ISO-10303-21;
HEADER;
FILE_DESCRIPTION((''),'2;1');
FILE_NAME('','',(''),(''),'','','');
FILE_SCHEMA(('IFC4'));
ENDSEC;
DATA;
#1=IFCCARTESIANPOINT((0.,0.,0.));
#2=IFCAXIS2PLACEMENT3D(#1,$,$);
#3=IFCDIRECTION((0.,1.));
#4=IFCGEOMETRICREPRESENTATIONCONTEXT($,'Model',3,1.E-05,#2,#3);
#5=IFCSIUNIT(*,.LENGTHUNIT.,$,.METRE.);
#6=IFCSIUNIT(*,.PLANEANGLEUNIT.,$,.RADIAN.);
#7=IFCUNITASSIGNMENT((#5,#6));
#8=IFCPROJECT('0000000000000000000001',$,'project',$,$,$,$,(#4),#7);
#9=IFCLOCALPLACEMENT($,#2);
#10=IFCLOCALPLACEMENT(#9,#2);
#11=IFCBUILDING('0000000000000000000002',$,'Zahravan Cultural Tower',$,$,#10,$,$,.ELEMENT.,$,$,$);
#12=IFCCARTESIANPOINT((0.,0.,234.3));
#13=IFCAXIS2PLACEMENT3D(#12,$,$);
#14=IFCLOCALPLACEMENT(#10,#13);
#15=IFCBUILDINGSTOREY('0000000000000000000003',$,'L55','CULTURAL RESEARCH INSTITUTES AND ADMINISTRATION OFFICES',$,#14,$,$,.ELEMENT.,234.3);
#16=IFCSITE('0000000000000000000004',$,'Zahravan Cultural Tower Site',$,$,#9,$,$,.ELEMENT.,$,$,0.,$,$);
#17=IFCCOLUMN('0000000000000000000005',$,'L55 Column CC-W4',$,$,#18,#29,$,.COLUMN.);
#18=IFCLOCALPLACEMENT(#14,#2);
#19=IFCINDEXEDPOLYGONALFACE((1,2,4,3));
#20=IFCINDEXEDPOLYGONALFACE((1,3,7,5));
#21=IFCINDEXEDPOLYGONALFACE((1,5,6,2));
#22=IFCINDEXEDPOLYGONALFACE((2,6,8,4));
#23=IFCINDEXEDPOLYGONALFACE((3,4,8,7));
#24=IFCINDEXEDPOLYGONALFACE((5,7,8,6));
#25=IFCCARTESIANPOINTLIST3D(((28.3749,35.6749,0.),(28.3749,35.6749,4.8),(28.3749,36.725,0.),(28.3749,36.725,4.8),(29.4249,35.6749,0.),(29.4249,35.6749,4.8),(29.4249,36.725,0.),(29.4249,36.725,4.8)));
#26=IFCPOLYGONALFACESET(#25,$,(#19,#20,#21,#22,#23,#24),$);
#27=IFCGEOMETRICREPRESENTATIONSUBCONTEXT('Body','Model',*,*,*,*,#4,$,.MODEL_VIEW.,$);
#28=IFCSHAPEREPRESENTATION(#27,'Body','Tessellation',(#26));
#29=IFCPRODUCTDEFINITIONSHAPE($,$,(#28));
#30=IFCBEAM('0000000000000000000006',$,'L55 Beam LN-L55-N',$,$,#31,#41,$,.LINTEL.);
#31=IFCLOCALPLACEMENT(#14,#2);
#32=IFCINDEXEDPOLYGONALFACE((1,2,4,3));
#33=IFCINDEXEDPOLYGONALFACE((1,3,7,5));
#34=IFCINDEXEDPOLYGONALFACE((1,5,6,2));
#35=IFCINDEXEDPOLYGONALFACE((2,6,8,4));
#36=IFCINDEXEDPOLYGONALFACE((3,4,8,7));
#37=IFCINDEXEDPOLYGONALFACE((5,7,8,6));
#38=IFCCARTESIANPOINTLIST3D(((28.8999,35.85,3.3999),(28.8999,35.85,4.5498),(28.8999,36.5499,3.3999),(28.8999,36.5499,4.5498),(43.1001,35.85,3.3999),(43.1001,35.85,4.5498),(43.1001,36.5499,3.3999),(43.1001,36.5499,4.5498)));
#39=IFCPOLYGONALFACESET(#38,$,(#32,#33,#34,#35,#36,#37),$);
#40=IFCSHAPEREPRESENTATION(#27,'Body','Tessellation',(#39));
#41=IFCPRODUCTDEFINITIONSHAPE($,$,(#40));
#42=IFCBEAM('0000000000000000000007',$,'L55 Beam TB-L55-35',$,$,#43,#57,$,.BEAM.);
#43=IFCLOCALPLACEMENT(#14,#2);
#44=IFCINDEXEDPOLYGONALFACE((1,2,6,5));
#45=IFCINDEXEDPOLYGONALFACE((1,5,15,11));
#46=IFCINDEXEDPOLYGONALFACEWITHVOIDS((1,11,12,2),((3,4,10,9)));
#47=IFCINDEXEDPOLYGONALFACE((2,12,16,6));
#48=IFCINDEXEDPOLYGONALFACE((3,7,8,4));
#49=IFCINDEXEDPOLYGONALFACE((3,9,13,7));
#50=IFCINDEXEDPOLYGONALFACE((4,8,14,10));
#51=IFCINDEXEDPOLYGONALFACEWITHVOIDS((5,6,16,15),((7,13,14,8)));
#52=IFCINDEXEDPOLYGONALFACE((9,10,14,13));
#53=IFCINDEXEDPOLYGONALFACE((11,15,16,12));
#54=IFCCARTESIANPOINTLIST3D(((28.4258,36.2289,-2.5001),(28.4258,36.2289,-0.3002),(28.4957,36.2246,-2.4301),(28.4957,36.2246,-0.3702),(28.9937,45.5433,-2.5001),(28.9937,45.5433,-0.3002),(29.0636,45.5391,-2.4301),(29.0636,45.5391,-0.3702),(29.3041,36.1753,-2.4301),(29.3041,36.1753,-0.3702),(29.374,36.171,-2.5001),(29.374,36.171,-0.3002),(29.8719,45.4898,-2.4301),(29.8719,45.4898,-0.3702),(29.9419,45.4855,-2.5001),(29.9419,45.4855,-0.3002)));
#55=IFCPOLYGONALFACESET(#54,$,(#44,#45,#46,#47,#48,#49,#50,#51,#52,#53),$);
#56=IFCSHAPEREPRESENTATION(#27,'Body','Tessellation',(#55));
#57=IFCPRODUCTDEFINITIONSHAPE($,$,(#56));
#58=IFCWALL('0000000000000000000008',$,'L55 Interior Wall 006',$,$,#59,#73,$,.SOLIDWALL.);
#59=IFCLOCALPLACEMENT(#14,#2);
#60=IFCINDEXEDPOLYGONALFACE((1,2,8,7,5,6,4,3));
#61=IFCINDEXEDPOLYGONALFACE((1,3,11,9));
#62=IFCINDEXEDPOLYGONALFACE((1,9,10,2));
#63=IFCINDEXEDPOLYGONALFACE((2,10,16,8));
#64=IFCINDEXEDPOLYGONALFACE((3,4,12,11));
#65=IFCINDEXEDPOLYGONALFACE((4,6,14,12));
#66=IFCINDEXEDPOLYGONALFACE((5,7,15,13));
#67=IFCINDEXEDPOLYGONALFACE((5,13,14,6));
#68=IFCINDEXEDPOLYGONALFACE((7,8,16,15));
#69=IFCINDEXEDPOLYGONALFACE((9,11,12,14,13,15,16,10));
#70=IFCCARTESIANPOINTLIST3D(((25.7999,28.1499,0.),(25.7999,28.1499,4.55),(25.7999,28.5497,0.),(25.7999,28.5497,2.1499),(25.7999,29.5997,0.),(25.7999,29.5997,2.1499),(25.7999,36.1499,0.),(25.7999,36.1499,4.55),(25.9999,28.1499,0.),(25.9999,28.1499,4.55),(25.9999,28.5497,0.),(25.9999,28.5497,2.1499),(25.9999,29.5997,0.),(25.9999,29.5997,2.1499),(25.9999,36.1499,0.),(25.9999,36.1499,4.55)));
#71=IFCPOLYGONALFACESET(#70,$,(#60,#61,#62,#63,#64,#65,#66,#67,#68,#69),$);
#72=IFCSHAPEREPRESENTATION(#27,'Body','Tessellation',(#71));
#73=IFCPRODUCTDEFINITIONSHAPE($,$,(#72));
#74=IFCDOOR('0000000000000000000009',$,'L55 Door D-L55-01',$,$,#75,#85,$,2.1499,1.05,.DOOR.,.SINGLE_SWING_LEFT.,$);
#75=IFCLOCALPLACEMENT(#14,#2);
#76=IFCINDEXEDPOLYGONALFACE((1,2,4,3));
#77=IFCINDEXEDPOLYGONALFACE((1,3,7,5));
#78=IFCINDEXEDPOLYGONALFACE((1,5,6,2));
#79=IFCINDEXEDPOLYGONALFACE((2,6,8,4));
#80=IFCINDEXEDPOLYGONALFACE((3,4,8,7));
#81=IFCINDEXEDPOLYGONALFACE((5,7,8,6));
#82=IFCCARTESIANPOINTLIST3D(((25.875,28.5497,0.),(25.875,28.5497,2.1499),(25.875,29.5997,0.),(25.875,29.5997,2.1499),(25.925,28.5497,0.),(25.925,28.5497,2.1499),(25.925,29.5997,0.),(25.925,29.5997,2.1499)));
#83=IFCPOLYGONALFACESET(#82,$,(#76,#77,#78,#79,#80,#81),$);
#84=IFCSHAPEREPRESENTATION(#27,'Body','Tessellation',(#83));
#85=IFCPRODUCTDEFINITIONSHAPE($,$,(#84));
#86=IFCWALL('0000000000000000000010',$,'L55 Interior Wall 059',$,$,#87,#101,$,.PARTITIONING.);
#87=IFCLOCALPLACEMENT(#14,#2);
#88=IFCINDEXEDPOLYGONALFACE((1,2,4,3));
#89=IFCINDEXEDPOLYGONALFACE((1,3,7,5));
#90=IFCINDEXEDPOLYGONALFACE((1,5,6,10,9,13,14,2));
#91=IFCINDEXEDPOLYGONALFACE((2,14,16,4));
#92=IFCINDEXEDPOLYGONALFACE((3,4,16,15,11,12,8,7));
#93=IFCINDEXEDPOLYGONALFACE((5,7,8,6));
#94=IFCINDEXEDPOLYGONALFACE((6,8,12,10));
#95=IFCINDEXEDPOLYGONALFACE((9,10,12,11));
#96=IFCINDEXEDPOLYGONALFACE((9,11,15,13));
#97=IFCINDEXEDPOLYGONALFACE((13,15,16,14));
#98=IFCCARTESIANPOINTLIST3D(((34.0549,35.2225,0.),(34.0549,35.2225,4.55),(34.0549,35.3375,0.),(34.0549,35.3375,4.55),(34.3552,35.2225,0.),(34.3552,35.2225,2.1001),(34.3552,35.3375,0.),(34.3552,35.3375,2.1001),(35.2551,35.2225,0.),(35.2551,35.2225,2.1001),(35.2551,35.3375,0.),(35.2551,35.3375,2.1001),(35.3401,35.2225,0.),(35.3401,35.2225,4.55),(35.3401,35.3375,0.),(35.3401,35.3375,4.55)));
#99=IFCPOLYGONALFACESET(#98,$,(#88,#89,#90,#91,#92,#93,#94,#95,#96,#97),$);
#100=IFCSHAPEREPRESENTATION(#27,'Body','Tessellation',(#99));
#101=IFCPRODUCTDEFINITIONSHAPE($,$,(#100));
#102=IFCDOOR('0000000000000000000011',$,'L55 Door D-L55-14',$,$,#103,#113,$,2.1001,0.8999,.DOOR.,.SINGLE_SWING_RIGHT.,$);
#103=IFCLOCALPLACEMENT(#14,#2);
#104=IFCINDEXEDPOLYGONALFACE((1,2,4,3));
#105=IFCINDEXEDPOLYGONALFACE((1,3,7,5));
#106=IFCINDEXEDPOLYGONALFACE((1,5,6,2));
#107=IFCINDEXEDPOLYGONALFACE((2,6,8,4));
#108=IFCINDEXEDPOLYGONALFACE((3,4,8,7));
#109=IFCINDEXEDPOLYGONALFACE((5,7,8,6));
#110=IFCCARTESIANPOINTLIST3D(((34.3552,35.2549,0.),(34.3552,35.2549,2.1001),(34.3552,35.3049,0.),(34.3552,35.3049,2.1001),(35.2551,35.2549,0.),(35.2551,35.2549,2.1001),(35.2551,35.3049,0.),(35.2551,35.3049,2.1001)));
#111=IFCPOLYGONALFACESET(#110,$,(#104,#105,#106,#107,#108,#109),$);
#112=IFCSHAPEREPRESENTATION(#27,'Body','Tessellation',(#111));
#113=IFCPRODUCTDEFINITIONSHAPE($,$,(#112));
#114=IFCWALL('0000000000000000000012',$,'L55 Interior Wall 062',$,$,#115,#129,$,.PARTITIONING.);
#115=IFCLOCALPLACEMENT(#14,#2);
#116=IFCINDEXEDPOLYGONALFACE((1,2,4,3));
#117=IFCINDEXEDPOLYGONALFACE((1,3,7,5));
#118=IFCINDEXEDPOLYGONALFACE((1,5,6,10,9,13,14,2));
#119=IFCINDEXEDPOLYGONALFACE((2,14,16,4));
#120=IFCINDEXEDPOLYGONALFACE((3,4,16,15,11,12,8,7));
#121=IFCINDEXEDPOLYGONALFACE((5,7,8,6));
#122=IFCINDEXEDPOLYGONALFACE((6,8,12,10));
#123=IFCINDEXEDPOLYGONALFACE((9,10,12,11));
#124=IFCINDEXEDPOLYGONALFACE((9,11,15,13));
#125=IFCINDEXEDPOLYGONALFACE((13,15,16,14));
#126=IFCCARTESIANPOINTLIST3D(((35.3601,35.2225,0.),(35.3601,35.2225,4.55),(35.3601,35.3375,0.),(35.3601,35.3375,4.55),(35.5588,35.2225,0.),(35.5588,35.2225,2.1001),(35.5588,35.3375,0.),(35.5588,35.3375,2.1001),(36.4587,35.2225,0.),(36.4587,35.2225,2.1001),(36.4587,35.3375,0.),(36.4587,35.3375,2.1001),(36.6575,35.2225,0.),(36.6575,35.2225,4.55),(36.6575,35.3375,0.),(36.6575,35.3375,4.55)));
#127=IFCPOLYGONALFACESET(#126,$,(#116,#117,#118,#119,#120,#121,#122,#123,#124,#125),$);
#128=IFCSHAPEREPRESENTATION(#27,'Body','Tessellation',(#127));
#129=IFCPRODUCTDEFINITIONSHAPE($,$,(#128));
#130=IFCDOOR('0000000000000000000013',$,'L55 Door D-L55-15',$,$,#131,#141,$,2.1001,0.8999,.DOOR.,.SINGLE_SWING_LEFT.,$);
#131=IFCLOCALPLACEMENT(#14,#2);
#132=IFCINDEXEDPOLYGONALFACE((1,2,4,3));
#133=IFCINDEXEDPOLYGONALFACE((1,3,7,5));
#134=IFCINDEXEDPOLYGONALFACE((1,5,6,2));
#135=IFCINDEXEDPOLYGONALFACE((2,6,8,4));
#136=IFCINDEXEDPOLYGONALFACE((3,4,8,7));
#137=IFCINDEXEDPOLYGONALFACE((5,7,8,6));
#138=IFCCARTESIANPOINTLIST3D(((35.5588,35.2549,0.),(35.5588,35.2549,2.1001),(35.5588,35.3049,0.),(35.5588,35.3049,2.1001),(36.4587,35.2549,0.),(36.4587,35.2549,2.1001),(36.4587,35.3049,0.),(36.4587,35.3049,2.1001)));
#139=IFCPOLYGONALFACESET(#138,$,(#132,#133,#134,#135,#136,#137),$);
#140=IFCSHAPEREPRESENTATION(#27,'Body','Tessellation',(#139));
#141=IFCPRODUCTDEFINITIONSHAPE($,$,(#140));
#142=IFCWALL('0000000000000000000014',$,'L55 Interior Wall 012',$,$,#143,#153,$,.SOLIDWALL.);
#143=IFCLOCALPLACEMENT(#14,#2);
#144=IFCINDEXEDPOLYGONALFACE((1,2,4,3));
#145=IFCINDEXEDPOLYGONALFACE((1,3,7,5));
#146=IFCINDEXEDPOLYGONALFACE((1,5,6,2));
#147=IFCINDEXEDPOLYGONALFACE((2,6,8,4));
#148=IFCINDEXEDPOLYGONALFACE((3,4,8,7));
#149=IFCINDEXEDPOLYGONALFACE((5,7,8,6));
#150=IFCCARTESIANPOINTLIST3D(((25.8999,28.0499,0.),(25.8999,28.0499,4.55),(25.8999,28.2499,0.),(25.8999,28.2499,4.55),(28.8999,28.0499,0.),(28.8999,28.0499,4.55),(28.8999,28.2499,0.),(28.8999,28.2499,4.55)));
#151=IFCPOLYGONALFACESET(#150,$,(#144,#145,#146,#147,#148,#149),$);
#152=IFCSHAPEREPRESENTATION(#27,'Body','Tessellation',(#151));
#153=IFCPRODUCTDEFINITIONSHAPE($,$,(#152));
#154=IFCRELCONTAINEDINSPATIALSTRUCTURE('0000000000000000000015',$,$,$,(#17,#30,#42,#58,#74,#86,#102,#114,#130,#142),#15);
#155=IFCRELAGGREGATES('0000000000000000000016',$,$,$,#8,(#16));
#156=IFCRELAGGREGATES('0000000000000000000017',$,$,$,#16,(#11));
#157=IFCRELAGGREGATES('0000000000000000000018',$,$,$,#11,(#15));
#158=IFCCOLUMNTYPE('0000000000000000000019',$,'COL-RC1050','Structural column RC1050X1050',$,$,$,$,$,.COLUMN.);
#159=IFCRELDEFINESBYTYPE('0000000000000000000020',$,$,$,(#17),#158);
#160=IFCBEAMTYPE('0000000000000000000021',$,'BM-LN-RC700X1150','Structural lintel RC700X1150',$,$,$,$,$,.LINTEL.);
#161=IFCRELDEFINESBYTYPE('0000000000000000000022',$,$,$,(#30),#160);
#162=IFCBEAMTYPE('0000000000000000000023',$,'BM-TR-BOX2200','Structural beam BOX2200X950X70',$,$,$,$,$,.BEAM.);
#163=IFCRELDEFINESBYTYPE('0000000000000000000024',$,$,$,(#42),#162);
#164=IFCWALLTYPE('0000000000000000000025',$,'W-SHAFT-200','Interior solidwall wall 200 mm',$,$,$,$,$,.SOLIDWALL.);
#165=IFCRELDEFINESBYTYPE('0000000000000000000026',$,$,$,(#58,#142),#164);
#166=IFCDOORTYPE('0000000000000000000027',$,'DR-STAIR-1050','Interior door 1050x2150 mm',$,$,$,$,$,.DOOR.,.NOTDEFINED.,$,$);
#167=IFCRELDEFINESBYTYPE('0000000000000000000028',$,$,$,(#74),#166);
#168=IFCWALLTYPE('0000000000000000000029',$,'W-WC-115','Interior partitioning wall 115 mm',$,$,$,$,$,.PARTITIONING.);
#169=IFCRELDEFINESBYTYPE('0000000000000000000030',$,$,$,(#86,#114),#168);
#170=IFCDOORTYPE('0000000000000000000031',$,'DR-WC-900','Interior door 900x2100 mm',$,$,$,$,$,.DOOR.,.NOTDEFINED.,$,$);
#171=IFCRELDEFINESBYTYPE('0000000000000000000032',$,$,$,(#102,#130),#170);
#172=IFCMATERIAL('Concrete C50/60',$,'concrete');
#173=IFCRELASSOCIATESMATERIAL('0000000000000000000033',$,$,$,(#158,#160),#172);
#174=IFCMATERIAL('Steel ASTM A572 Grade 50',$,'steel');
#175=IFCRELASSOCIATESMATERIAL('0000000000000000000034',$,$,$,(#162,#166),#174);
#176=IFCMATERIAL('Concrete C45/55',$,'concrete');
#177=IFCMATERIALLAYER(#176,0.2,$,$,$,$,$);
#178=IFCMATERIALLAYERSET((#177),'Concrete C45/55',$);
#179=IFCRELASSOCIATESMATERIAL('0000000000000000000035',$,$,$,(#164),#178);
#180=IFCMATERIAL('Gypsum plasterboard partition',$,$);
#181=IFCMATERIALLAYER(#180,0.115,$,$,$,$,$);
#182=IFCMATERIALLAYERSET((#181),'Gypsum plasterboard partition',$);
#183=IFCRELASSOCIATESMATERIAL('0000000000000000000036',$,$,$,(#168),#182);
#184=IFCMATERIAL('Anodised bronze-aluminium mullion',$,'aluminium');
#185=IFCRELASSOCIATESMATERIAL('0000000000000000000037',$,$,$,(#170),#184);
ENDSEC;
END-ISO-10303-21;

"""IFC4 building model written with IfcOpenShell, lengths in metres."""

from ifc_helpers import new_model, si_unit, direction, frame, frame_2d, origin, origin_2d, place, context, subcontext, project, spatial, rectangle, hollow_rectangle, extrude, source, transform, mapped, material, layer, layer_set, material_profile, profile_set, type_object, element, fill, save


model = new_model("IFC4")

# Units and contexts
model_context = context("Model", 3, precision=1e-05, world=origin(), true_north=direction((0.0, 1.0)))
body_context = subcontext(model_context, "Body", "Model", "MODEL_VIEW")
ifc_project = project(units=[si_unit("LENGTHUNIT", "METRE"), si_unit("PLANEANGLEUNIT", "RADIAN")], contexts=[model_context])

# Site, building, storey
site_placement = place(None, origin())
site = spatial("IfcSite", under=ifc_project, at=site_placement, Name="Zahravan Cultural Tower Site", CompositionType="ELEMENT", RefElevation=0.0)
building_placement = place(site_placement, origin())
building = spatial("IfcBuilding", under=site, at=building_placement, Name="Zahravan Cultural Tower", CompositionType="ELEMENT")
storey_placement = place(building_placement, frame((0.0, 0.0, 234.3)))
storey = spatial("IfcBuildingStorey", under=building, at=storey_placement, Name="L55", Description="CULTURAL RESEARCH INSTITUTES AND ADMINISTRATION OFFICES", CompositionType="ELEMENT", Elevation=234.3)

# Column
ifc_material_1 = material(Name="Concrete C50/60", Category="concrete")
ifc_material_profile_1 = material_profile(ifc_material_1, rectangle(XDim=1.05, YDim=1.05, at=origin_2d()), Name="RC1050X1050")
ifc_profile_set_1 = profile_set([ifc_material_profile_1], Name="Concrete C50/60")
column_type = type_object("IfcColumnType", Name="COL-RC1050", Description="Structural column RC1050X1050", PredefinedType="COLUMN", material=ifc_profile_set_1)
shared_shape_1 = source(origin(), body_context, "Body", "SweptSolid", [
    extrude(rectangle(XDim=1.05, YDim=1.05, at=origin_2d()), origin(), (0.0, 0.0, 1.0), 4.8),
])
column_placement = place(storey_placement, frame((28.8999, 36.2, 0.0), z_axis=(0.0, 0.0, 1.0), x_axis=(1.0, 0.0, 0.0)))
element("IfcColumn", 1, at=column_placement, inside=storey, type_object=column_type, Name="L55 Column CC-W4", PredefinedType="COLUMN", context=body_context, shape_type="MappedRepresentation", body=[
    mapped(shared_shape_1, transform((0.0, 0.0, 0.0), x_axis=(1.0, 0.0, 0.0), y_axis=(0.0, 1.0, 0.0), z_axis=(0.0, 0.0, 1.0), scale=1.0)),
])

# Beams
ifc_material_profile_2 = material_profile(ifc_material_1, rectangle(XDim=0.7, YDim=1.1499, at=origin_2d()), Name="RC700X1150")
ifc_profile_set_2 = profile_set([ifc_material_profile_2], Name="Concrete C50/60")
beam_type_1 = type_object("IfcBeamType", Name="BM-LN-RC700X1150", Description="Structural lintel RC700X1150", PredefinedType="LINTEL", material=ifc_profile_set_2)
shared_shape_2 = source(origin(), body_context, "Body", "SweptSolid", [
    extrude(rectangle(XDim=0.7, YDim=1.1499, at=origin_2d()), origin(), (0.0, 0.0, 1.0), 14.2002),
])
beam_1_placement = place(storey_placement, frame((28.8999, 36.2, 3.9749), z_axis=(1.0, 0.0, 0.0), x_axis=(0.0, 1.0, 0.0)))
element("IfcBeam", 2, at=beam_1_placement, inside=storey, type_object=beam_type_1, Name="L55 Beam LN-L55-N", PredefinedType="LINTEL", context=body_context, shape_type="MappedRepresentation", body=[
    mapped(shared_shape_2, transform((0.0, 0.0, 0.0), x_axis=(1.0, 0.0, 0.0), y_axis=(0.0, 1.0, 0.0), z_axis=(0.0, 0.0, 1.0), scale=1.0)),
])
ifc_material_2 = material(Name="Steel ASTM A572 Grade 50", Category="steel")
ifc_material_profile_3 = material_profile(ifc_material_2, hollow_rectangle(XDim=0.95, YDim=2.2, WallThickness=0.0701, at=origin_2d()), Name="BOX2200X950X70")
ifc_profile_set_3 = profile_set([ifc_material_profile_3], Name="Steel ASTM A572 Grade 50")
beam_type_2 = type_object("IfcBeamType", Name="BM-TR-BOX2200", Description="Structural beam BOX2200X950X70", PredefinedType="BEAM", material=ifc_profile_set_3)
shared_shape_3 = source(origin(), body_context, "Body", "SweptSolid", [
    extrude(hollow_rectangle(XDim=0.95, YDim=2.2, WallThickness=0.0701, at=origin_2d()), origin(), (0.0, 0.0, 1.0), 9.3318),
])
beam_2_placement = place(storey_placement, frame((28.8999, 36.2, -1.4001), z_axis=(0.060854, 0.998147, 0.0), x_axis=(-0.998147, 0.060854, 0.0)))
element("IfcBeam", 3, at=beam_2_placement, inside=storey, type_object=beam_type_2, Name="L55 Beam TB-L55-35", PredefinedType="BEAM", context=body_context, shape_type="MappedRepresentation", body=[
    mapped(shared_shape_3, transform((0.0, 0.0, 0.0), x_axis=(1.0, 0.0, 0.0), y_axis=(0.0, 1.0, 0.0), z_axis=(0.0, 0.0, 1.0), scale=1.0)),
])

# Walls, openings, doors
ifc_material_3 = material(Name="Concrete C45/55", Category="concrete")
ifc_layer_1 = layer(ifc_material_3, 0.2)
ifc_layer_set_1 = layer_set([ifc_layer_1], Name="Concrete C45/55")
wall_type_1 = type_object("IfcWallType", Name="W-SHAFT-200", Description="Interior solidwall wall 200 mm", PredefinedType="SOLIDWALL", material=ifc_layer_set_1)
wall_1_placement = place(storey_placement, frame((25.8999, 28.1499, 0.0), z_axis=(0.0, 0.0, 1.0), x_axis=(0.0, 1.0, 0.0)))
wall_1 = element("IfcWall", 4, at=wall_1_placement, inside=storey, type_object=wall_type_1, Name="L55 Interior Wall 006", PredefinedType="SOLIDWALL", context=body_context, shape_type="SweptSolid", body=[
    extrude(rectangle(XDim=8.0, YDim=0.2, at=frame_2d((4.0, 0.0))), origin(), (0.0, 0.0, 1.0), 4.55),
])
opening_1_placement = place(wall_1_placement, frame((0.3999, 0.0, 0.0)))
opening_1 = element("IfcOpeningElement", 5, at=opening_1_placement, cuts=wall_1, PredefinedType="OPENING", context=body_context, shape_type="SweptSolid", body=[
    extrude(rectangle(XDim=1.05, YDim=2.1499, at=frame_2d((0.5249, 1.075))), frame((0.0, 0.1099, 0.0), z_axis=(0.0, -1.0, 0.0), x_axis=(1.0, 0.0, 0.0)), (0.0, 0.0, 1.0), 0.22),
])
door_type_1 = type_object("IfcDoorType", Name="DR-STAIR-1050", Description="Interior door 1050x2150 mm", OperationType="NOTDEFINED", PredefinedType="DOOR", material=ifc_material_2)
shared_shape_4 = source(origin(), body_context, "Body", "SweptSolid", [
    extrude(rectangle(XDim=1.05, YDim=2.1499, at=frame_2d((0.5249, 1.075))), frame((0.0, 0.0249, 0.0), z_axis=(0.0, -1.0, 0.0), x_axis=(1.0, 0.0, 0.0)), (0.0, 0.0, 1.0), 0.05),
])
door_1_placement = place(opening_1_placement, origin())
door_1 = element("IfcDoor", 6, at=door_1_placement, inside=storey, type_object=door_type_1, Name="L55 Door D-L55-01", OperationType="SINGLE_SWING_LEFT", OverallHeight=2.1499, OverallWidth=1.05, PredefinedType="DOOR", context=body_context, shape_type="MappedRepresentation", body=[
    mapped(shared_shape_4, transform((0.0, 0.0, 0.0), x_axis=(1.0, 0.0, 0.0), y_axis=(0.0, 1.0, 0.0), z_axis=(0.0, 0.0, 1.0), scale=1.0)),
])
fill(opening_1, door_1)
ifc_material_4 = material(Name="Gypsum plasterboard partition")
ifc_layer_2 = layer(ifc_material_4, 0.115)
ifc_layer_set_2 = layer_set([ifc_layer_2], Name="Gypsum plasterboard partition")
wall_type_2 = type_object("IfcWallType", Name="W-WC-115", Description="Interior partitioning wall 115 mm", PredefinedType="PARTITIONING", material=ifc_layer_set_2)
wall_2_placement = place(storey_placement, frame((34.0549, 35.28, 0.0), z_axis=(0.0, 0.0, 1.0), x_axis=(1.0, 0.0, 0.0)))
wall_2 = element("IfcWall", 7, at=wall_2_placement, inside=storey, type_object=wall_type_2, Name="L55 Interior Wall 059", PredefinedType="PARTITIONING", context=body_context, shape_type="SweptSolid", body=[
    extrude(rectangle(XDim=1.2852, YDim=0.115, at=frame_2d((0.6426, 0.0))), origin(), (0.0, 0.0, 1.0), 4.55),
])
opening_2_placement = place(wall_2_placement, frame((0.3003, 0.0, 0.0)))
opening_2 = element("IfcOpeningElement", 8, at=opening_2_placement, cuts=wall_2, PredefinedType="OPENING", context=body_context, shape_type="SweptSolid", body=[
    extrude(rectangle(XDim=0.8999, YDim=2.1001, at=frame_2d((0.45, 1.05))), frame((0.0, 0.0674, 0.0), z_axis=(0.0, -1.0, 0.0), x_axis=(1.0, 0.0, 0.0)), (0.0, 0.0, 1.0), 0.135),
])
ifc_material_5 = material(Name="Anodised bronze-aluminium mullion", Category="aluminium")
door_type_2 = type_object("IfcDoorType", Name="DR-WC-900", Description="Interior door 900x2100 mm", OperationType="NOTDEFINED", PredefinedType="DOOR", material=ifc_material_5)
shared_shape_5 = source(origin(), body_context, "Body", "SweptSolid", [
    extrude(rectangle(XDim=0.8999, YDim=2.1001, at=frame_2d((0.45, 1.05))), frame((0.0, 0.0249, 0.0), z_axis=(0.0, -1.0, 0.0), x_axis=(1.0, 0.0, 0.0)), (0.0, 0.0, 1.0), 0.05),
])
door_2_placement = place(opening_2_placement, origin())
door_2 = element("IfcDoor", 9, at=door_2_placement, inside=storey, type_object=door_type_2, Name="L55 Door D-L55-14", OperationType="SINGLE_SWING_RIGHT", OverallHeight=2.1001, OverallWidth=0.8999, PredefinedType="DOOR", context=body_context, shape_type="MappedRepresentation", body=[
    mapped(shared_shape_5, transform((0.0, 0.0, 0.0), x_axis=(1.0, 0.0, 0.0), y_axis=(0.0, 1.0, 0.0), z_axis=(0.0, 0.0, 1.0), scale=1.0)),
])
fill(opening_2, door_2)
wall_3_placement = place(storey_placement, frame((35.3601, 35.28, 0.0), z_axis=(0.0, 0.0, 1.0), x_axis=(1.0, 0.0, 0.0)))
wall_3 = element("IfcWall", 10, at=wall_3_placement, inside=storey, type_object=wall_type_2, Name="L55 Interior Wall 062", PredefinedType="PARTITIONING", context=body_context, shape_type="SweptSolid", body=[
    extrude(rectangle(XDim=1.2974, YDim=0.115, at=frame_2d((0.6487, 0.0))), origin(), (0.0, 0.0, 1.0), 4.55),
])
opening_3_placement = place(wall_3_placement, frame((0.1987, 0.0, 0.0)))
opening_3 = element("IfcOpeningElement", 11, at=opening_3_placement, cuts=wall_3, PredefinedType="OPENING", context=body_context, shape_type="SweptSolid", body=[
    extrude(rectangle(XDim=0.8999, YDim=2.1001, at=frame_2d((0.45, 1.05))), frame((0.0, 0.0674, 0.0), z_axis=(0.0, -1.0, 0.0), x_axis=(1.0, 0.0, 0.0)), (0.0, 0.0, 1.0), 0.135),
])
door_3_placement = place(opening_3_placement, origin())
door_3 = element("IfcDoor", 12, at=door_3_placement, inside=storey, type_object=door_type_2, Name="L55 Door D-L55-15", OperationType="SINGLE_SWING_LEFT", OverallHeight=2.1001, OverallWidth=0.8999, PredefinedType="DOOR", context=body_context, shape_type="MappedRepresentation", body=[
    mapped(shared_shape_5, transform((0.0, 0.0, 0.0), x_axis=(1.0, 0.0, 0.0), y_axis=(0.0, 1.0, 0.0), z_axis=(0.0, 0.0, 1.0), scale=1.0)),
])
fill(opening_3, door_3)

# Wall
shared_shape_6 = source(origin(), body_context, "Body", "SweptSolid", [
    extrude(rectangle(XDim=3.0, YDim=0.2, at=frame_2d((1.5, 0.0))), origin(), (0.0, 0.0, 1.0), 4.55),
])
wall_4_placement = place(storey_placement, frame((25.8999, 28.1499, 0.0), z_axis=(0.0, 0.0, 1.0), x_axis=(1.0, 0.0, 0.0)))
element("IfcWall", 13, at=wall_4_placement, inside=storey, type_object=wall_type_1, Name="L55 Interior Wall 012", PredefinedType="SOLIDWALL", context=body_context, shape_type="MappedRepresentation", body=[
    mapped(shared_shape_6, transform((0.0, 0.0, 0.0), x_axis=(1.0, 0.0, 0.0), y_axis=(0.0, 1.0, 0.0), z_axis=(0.0, 0.0, 1.0), scale=1.0)),
])

save(model, "model.ifc")
